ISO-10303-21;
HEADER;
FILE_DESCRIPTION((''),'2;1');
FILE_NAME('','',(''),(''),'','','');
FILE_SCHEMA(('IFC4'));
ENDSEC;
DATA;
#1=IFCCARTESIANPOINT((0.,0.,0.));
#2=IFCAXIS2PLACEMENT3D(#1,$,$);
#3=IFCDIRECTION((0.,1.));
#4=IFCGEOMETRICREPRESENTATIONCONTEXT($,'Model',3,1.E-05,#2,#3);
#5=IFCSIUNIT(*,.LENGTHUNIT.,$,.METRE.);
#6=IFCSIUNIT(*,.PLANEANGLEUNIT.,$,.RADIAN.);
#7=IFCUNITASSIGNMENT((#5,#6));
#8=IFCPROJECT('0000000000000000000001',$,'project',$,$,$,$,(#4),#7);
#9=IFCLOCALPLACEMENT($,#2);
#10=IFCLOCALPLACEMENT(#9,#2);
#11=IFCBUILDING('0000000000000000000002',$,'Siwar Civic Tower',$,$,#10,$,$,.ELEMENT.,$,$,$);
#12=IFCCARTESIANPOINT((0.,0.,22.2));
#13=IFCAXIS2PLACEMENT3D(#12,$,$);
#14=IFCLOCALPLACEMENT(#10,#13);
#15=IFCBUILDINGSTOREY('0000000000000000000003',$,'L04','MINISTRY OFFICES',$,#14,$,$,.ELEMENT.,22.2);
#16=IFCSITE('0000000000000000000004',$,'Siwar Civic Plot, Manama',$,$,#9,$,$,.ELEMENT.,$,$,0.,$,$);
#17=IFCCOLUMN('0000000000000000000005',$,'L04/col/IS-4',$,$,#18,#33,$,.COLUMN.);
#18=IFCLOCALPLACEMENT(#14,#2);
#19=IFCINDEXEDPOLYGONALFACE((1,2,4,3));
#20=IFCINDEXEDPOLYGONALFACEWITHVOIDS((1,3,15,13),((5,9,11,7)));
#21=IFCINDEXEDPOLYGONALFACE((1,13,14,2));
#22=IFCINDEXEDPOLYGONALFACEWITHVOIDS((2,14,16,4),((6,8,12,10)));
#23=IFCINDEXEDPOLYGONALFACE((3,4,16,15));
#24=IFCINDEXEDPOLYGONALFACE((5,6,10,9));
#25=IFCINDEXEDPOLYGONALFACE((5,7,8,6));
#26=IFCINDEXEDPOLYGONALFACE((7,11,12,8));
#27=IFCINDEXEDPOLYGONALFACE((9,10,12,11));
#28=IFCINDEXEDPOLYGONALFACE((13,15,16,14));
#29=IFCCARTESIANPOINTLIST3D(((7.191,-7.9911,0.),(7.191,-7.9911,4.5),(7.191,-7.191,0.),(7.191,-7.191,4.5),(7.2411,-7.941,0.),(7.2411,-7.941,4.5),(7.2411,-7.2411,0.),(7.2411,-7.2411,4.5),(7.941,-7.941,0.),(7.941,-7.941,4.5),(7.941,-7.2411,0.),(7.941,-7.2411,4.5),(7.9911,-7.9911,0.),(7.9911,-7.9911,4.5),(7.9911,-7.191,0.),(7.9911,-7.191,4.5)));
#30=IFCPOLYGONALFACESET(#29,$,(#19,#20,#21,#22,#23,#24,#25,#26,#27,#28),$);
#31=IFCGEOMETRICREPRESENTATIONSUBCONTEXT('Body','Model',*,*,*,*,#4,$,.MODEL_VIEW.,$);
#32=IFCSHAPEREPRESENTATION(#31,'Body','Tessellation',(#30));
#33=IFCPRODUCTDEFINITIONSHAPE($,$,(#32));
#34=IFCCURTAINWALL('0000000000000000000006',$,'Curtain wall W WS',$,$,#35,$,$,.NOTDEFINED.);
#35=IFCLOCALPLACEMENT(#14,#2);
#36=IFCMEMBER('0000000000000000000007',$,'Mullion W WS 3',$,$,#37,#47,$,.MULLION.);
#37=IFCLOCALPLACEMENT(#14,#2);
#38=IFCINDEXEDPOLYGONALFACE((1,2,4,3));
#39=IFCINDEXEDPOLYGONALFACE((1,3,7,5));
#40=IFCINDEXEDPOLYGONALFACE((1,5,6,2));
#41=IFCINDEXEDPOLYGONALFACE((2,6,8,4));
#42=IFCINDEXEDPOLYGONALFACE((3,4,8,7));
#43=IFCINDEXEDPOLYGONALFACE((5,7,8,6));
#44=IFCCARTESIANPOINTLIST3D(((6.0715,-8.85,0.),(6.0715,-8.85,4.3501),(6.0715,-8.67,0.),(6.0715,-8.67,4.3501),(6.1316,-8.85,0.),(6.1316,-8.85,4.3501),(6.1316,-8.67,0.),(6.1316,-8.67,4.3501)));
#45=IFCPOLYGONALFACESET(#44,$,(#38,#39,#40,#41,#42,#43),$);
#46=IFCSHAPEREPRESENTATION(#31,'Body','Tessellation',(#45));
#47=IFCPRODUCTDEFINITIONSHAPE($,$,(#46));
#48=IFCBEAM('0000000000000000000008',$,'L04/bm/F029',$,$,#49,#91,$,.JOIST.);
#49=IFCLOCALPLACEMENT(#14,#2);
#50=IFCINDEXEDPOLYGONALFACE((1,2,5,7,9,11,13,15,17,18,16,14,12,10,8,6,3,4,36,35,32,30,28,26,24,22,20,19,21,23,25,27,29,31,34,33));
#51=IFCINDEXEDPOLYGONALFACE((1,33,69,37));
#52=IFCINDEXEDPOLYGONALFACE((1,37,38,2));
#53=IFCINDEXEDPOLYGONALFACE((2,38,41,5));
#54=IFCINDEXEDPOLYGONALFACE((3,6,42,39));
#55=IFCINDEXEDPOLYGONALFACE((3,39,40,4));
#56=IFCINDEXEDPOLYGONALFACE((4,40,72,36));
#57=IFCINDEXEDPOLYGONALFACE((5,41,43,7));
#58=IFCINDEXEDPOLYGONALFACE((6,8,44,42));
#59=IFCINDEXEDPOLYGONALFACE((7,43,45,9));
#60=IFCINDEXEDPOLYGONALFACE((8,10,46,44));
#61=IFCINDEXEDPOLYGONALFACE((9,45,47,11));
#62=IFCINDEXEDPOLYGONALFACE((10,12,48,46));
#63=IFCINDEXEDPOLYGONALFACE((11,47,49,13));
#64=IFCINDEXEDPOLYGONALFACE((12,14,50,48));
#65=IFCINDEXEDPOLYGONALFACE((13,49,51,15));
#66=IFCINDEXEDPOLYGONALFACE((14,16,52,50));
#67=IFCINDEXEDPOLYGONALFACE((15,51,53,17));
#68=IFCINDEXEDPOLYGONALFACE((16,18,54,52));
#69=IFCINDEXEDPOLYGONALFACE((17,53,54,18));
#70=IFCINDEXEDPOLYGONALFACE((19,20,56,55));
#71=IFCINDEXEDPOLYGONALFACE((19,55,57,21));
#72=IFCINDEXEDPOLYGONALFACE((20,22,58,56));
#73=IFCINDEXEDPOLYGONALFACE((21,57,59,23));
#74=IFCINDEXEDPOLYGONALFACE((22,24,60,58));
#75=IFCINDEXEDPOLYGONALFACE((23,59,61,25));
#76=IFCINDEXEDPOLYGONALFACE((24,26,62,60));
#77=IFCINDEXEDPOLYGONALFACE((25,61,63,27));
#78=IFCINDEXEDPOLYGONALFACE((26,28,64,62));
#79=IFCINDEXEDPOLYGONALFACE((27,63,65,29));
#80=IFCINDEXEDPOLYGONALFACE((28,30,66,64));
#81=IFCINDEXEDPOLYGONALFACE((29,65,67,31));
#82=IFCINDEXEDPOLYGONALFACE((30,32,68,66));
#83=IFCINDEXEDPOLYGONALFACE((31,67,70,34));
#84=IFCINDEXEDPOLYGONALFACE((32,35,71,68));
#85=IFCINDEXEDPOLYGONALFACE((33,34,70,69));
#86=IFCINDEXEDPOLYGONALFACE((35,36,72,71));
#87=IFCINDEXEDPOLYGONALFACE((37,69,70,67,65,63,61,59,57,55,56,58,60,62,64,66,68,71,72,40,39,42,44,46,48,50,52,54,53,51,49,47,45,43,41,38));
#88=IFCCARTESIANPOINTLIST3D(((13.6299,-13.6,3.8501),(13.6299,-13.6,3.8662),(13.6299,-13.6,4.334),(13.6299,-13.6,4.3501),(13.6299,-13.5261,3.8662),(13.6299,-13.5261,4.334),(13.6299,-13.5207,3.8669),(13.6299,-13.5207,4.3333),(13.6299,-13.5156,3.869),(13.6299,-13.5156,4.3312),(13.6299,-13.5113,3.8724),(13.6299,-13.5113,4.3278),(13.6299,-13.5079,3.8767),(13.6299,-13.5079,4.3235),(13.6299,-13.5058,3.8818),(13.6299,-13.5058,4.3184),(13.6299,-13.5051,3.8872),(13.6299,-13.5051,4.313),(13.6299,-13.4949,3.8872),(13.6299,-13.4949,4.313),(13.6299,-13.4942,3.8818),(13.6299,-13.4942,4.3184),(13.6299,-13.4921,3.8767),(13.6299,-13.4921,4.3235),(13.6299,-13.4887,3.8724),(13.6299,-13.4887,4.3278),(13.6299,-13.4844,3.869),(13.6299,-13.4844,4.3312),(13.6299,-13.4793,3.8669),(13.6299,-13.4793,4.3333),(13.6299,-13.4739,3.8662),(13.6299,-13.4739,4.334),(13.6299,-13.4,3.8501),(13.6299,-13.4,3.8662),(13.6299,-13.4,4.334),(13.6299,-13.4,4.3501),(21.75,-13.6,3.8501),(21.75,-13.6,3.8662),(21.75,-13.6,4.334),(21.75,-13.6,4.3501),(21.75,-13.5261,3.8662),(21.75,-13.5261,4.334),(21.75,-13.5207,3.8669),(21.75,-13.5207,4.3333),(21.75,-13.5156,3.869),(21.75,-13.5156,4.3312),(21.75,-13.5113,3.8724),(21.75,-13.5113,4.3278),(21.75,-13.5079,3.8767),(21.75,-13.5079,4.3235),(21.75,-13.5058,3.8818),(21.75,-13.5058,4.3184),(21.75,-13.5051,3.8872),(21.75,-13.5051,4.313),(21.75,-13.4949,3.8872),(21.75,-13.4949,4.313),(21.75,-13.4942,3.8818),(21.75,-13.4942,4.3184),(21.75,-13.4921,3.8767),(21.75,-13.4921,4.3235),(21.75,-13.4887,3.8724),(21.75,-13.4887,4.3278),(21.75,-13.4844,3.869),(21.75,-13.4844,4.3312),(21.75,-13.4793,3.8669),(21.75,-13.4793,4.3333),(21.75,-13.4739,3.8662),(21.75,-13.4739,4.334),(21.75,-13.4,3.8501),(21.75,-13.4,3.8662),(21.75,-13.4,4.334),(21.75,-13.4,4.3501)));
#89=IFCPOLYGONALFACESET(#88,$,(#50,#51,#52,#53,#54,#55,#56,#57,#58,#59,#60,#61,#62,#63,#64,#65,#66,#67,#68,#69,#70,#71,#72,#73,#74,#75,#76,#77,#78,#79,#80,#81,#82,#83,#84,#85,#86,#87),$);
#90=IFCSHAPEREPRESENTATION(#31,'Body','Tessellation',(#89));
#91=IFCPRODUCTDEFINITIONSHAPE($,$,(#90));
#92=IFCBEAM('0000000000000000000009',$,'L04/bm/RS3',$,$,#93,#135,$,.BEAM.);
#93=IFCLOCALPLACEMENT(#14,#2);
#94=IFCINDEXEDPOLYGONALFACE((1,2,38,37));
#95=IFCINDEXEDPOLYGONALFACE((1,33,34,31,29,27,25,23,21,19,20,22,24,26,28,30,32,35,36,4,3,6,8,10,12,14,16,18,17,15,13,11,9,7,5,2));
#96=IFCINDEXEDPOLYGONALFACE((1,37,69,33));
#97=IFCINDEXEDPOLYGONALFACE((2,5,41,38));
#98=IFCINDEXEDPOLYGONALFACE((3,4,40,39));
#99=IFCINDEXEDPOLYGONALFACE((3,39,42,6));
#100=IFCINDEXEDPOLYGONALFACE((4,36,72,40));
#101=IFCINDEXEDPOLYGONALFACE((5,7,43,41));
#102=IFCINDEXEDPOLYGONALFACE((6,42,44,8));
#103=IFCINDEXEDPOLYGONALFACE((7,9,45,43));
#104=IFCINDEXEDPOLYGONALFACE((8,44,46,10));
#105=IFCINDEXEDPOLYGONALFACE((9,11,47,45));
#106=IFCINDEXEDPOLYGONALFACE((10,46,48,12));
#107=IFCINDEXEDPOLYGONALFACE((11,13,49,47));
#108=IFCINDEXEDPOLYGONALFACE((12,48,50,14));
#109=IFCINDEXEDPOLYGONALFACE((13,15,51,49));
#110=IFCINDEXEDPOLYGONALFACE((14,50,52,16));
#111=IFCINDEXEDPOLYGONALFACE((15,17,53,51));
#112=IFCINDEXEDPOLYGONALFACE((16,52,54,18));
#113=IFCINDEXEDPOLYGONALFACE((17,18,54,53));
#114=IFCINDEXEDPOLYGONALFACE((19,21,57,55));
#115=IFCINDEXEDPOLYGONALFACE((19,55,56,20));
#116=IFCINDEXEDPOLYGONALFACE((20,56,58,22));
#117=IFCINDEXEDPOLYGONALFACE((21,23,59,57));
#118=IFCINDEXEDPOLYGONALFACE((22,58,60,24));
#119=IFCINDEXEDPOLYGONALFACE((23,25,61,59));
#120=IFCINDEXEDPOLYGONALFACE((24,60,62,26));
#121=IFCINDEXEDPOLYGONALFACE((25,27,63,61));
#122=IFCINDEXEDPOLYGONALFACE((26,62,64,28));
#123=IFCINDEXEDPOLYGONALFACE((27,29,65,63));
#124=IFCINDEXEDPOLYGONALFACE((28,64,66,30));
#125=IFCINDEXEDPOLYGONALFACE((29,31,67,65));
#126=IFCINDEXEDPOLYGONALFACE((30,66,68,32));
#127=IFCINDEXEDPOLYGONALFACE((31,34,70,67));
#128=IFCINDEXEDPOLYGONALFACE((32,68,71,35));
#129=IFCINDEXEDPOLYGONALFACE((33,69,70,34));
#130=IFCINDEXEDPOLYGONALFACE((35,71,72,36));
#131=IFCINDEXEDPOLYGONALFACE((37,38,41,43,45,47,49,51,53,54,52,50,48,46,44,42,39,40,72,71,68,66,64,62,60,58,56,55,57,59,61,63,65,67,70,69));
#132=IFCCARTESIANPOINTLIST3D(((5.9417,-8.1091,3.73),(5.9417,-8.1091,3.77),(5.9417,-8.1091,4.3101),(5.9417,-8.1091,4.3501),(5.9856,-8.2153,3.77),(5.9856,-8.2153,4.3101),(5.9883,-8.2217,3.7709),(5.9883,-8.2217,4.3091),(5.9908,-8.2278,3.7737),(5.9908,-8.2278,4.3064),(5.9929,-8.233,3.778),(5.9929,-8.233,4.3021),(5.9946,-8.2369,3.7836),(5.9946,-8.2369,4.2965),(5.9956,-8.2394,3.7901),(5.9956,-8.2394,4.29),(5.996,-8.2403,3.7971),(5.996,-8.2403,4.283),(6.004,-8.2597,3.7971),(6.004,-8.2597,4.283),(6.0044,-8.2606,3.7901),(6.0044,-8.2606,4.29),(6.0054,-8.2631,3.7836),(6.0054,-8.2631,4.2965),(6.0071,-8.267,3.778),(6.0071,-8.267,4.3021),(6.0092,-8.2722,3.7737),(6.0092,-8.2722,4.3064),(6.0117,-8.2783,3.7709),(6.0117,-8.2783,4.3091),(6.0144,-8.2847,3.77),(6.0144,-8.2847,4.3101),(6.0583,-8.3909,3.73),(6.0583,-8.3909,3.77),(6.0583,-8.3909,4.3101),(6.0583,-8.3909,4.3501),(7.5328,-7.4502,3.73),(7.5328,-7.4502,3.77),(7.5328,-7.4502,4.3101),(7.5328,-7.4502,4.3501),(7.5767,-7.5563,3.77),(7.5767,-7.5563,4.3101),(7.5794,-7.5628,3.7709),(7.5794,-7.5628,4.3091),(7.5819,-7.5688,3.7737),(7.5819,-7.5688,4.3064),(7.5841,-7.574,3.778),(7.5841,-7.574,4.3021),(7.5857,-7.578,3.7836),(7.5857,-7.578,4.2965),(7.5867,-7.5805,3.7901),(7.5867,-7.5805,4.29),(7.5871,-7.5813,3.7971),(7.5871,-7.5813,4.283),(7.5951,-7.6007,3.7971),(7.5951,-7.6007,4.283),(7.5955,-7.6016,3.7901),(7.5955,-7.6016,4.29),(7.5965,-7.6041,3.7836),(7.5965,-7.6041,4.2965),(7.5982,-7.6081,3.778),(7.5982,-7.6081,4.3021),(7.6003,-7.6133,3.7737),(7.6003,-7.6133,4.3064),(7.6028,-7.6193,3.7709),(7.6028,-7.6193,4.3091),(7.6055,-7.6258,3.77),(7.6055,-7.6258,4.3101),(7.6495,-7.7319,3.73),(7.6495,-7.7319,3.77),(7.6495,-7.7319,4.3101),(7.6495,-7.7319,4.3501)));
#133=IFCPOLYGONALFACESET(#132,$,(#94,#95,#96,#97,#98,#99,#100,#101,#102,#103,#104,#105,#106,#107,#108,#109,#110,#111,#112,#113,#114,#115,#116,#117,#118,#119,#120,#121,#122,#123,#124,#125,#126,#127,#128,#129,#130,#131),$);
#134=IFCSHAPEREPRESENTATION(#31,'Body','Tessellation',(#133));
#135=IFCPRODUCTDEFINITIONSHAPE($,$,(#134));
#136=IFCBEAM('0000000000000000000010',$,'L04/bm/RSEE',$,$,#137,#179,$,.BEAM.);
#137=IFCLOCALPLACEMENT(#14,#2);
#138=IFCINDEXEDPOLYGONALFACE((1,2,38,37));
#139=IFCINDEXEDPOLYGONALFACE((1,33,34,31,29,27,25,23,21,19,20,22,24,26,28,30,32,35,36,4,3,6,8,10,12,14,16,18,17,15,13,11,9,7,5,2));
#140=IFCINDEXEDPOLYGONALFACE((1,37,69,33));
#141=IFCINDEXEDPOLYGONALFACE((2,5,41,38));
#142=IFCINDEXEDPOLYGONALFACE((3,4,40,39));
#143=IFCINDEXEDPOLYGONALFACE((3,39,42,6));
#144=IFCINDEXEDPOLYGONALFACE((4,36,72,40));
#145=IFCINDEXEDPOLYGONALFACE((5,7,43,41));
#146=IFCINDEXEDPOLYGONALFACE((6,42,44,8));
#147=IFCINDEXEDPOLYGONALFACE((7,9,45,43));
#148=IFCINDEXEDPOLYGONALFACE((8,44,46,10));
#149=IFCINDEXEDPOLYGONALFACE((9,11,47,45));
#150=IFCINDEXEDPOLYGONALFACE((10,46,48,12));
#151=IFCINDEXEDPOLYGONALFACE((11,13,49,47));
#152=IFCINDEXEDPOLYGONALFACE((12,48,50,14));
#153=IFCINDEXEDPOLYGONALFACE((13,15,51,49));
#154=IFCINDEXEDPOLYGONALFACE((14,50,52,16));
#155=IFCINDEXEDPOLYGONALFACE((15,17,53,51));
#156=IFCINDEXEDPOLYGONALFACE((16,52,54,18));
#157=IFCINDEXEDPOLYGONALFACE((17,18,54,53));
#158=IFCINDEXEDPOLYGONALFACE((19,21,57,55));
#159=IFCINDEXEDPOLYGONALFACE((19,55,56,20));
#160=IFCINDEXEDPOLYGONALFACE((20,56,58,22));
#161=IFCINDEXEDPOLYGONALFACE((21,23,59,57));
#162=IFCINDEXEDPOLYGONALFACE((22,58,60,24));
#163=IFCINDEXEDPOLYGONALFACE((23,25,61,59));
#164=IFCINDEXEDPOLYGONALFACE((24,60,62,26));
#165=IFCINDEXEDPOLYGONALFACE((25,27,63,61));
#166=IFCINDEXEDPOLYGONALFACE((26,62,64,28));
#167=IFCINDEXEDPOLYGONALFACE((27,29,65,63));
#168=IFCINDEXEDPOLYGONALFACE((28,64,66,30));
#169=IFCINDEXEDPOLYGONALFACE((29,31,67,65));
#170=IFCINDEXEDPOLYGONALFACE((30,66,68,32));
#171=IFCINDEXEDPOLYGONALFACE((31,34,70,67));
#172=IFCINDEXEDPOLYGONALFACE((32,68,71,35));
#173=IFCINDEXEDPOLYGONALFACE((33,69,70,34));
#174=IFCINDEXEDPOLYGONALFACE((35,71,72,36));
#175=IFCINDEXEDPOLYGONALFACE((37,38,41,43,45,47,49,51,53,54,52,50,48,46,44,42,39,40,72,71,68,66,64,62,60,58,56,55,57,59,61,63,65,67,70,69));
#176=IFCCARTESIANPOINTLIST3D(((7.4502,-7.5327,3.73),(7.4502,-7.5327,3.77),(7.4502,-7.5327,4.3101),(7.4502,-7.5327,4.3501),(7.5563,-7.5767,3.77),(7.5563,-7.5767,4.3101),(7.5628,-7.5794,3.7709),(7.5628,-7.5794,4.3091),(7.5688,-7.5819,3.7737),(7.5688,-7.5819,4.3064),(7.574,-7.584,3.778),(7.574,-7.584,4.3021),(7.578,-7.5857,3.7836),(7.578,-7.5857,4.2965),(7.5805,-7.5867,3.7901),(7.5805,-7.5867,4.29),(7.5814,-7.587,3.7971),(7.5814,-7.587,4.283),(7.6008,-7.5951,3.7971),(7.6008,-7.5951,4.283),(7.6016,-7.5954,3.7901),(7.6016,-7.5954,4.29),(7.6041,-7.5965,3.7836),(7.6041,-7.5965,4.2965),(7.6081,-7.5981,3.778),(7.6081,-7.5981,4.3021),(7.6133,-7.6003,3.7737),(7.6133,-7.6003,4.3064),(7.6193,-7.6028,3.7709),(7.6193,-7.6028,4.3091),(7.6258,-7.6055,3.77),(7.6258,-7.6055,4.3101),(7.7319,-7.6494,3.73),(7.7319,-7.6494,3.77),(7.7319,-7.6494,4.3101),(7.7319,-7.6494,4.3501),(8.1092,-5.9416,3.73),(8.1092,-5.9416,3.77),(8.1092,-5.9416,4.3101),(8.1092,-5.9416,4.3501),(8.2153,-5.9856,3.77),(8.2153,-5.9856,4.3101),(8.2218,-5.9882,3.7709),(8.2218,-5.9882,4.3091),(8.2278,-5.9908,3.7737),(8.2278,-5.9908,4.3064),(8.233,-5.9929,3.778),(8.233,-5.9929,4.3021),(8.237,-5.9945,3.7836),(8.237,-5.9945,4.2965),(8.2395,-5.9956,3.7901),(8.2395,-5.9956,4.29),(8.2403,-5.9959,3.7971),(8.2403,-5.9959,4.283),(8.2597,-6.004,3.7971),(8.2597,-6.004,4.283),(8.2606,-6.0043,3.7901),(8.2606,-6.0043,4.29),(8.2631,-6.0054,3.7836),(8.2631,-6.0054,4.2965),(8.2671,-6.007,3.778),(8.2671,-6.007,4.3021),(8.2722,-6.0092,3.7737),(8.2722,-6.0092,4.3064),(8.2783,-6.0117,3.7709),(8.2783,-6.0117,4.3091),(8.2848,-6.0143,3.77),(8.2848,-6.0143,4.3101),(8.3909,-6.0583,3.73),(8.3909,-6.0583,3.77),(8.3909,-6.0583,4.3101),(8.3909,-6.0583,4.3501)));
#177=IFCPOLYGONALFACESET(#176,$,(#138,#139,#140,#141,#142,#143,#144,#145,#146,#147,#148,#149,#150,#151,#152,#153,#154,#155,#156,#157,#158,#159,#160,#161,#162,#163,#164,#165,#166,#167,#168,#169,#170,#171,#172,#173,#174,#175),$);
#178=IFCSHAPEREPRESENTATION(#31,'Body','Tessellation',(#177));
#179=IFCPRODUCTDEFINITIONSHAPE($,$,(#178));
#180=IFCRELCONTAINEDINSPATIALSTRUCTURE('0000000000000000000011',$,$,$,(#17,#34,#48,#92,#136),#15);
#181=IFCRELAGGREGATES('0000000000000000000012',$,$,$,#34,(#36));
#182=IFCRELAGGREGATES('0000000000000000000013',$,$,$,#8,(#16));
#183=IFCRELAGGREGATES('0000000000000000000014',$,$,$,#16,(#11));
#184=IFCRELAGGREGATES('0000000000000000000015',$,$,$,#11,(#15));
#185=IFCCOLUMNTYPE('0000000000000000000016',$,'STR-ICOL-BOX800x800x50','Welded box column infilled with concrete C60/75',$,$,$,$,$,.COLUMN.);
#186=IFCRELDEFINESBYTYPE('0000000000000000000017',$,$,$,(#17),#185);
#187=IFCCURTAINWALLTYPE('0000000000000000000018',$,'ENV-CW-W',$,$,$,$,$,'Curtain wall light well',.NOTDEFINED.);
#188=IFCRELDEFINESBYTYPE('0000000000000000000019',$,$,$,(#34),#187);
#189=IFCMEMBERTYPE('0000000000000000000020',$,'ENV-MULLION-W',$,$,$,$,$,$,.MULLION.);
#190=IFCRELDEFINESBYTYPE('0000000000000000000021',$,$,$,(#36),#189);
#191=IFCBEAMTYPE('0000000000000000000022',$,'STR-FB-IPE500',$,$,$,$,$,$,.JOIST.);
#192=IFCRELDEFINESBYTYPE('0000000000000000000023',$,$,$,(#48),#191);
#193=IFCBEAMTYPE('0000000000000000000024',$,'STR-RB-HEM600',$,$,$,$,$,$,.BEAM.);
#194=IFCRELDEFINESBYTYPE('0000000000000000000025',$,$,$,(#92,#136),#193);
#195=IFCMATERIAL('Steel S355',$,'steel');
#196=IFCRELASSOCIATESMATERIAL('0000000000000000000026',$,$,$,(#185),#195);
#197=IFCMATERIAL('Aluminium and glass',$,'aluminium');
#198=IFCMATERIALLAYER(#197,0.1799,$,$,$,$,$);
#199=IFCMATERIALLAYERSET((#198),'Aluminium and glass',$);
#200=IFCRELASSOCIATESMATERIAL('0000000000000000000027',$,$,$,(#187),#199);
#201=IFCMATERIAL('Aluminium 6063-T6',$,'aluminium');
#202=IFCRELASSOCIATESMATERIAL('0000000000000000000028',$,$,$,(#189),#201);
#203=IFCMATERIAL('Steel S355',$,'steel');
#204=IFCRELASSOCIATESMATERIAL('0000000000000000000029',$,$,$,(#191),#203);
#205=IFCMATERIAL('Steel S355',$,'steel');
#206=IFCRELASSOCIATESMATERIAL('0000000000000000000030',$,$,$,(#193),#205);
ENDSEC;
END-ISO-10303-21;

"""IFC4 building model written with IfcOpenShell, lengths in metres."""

from ifc_helpers import new_model, si_unit, direction, frame, origin, origin_2d, place, context, subcontext, project, spatial, rectangle, hollow_rectangle, i_section, extrude, material, layer, layer_set, material_profile, profile_set, type_object, element, aggregate, save


model = new_model("IFC4")

# Units and contexts
model_context = context("Model", 3, precision=1e-05, world=origin(), true_north=direction((0.0, 1.0)))
body_context = subcontext(model_context, "Body", "Model", "MODEL_VIEW")
ifc_project = project(units=[si_unit("LENGTHUNIT", "METRE"), si_unit("PLANEANGLEUNIT", "RADIAN")], contexts=[model_context])

# Site, building, storey
site_placement = place(None, origin())
site = spatial("IfcSite", under=ifc_project, at=site_placement, Name="Siwar Civic Plot, Manama", CompositionType="ELEMENT", RefElevation=0.0)
building_placement = place(site_placement, origin())
building = spatial("IfcBuilding", under=site, at=building_placement, Name="Siwar Civic Tower", CompositionType="ELEMENT")
storey_placement = place(building_placement, frame((0.0, 0.0, 22.2)))
storey = spatial("IfcBuildingStorey", under=building, at=storey_placement, Name="L04", Description="MINISTRY OFFICES", CompositionType="ELEMENT", Elevation=22.2)

# Column
ifc_material_1 = material(Name="Steel S355", Category="steel")
ifc_material_profile_1 = material_profile(ifc_material_1, hollow_rectangle(XDim=0.8, YDim=0.8, WallThickness=0.05, at=origin_2d()), Name="BOX800x800x50")
ifc_profile_set_1 = profile_set([ifc_material_profile_1], Name="Steel S355")
column_type = type_object("IfcColumnType", Name="STR-ICOL-BOX800x800x50", Description="Welded box column infilled with concrete C60/75", PredefinedType="COLUMN", material=ifc_profile_set_1)
column_placement = place(storey_placement, frame((7.5911, -7.5911, 0.0), z_axis=(0.0, 0.0, 1.0), x_axis=(1.0, 0.0, 0.0)))
element("IfcColumn", 1, at=column_placement, inside=storey, type_object=column_type, Name="L04/col/IS-4", PredefinedType="COLUMN", context=body_context, shape_type="SweptSolid", body=[
    extrude(hollow_rectangle(XDim=0.8, YDim=0.8, WallThickness=0.05, at=origin_2d()), origin(), (0.0, 0.0, 1.0), 4.5),
])

# Curtain wall, member
ifc_material_2 = material(Name="Aluminium and glass", Category="aluminium")
ifc_layer_1 = layer(ifc_material_2, 0.1799)
ifc_layer_set_1 = layer_set([ifc_layer_1], Name="Aluminium and glass")
curtain_wall_type = type_object("IfcCurtainWallType", Name="ENV-CW-W", ElementType="Curtain wall light well", PredefinedType="NOTDEFINED", material=ifc_layer_set_1)
curtain_wall_placement = place(storey_placement, origin())
curtain_wall = element("IfcCurtainWall", 2, at=curtain_wall_placement, inside=storey, type_object=curtain_wall_type, Name="Curtain wall W WS", PredefinedType="NOTDEFINED")
ifc_material_3 = material(Name="Aluminium 6063-T6", Category="aluminium")
ifc_material_profile_2 = material_profile(ifc_material_3, rectangle(XDim=0.1799, YDim=0.0601, at=origin_2d()), Name="AL 180x60")
ifc_profile_set_2 = profile_set([ifc_material_profile_2], Name="Aluminium 6063-T6")
member_type = type_object("IfcMemberType", Name="ENV-MULLION-W", PredefinedType="MULLION", material=ifc_profile_set_2)
member_placement = place(storey_placement, frame((6.1016, -8.76, 0.0), z_axis=(0.0, 0.0, 1.0), x_axis=(0.0, 1.0, 0.0)))
member = element("IfcMember", 3, at=member_placement, type_object=member_type, Name="Mullion W WS 3", PredefinedType="MULLION", context=body_context, shape_type="SweptSolid", body=[
    extrude(rectangle(XDim=0.1799, YDim=0.0601, at=origin_2d()), origin(), (0.0, 0.0, 1.0), 4.3501),
])
aggregate(curtain_wall, [member])

# Beams
ifc_material_4 = material(Name="Steel S355", Category="steel")
ifc_material_profile_3 = material_profile(ifc_material_4, i_section(OverallWidth=0.2, OverallDepth=0.5, WebThickness=0.0103, FlangeThickness=0.0161, FilletRadius=0.021, at=origin_2d()), Name="IPE500")
ifc_profile_set_3 = profile_set([ifc_material_profile_3], Name="Steel S355")
beam_type_1 = type_object("IfcBeamType", Name="STR-FB-IPE500", PredefinedType="JOIST", material=ifc_profile_set_3)
beam_placement = place(storey_placement, frame((13.6299, -13.5, 4.1001), z_axis=(1.0, 0.0, 0.0), x_axis=(0.0, 1.0, 0.0)))
element("IfcBeam", 4, at=beam_placement, inside=storey, type_object=beam_type_1, Name="L04/bm/F029", PredefinedType="JOIST", context=body_context, shape_type="SweptSolid", body=[
    extrude(i_section(OverallWidth=0.2, OverallDepth=0.5, WebThickness=0.0103, FlangeThickness=0.0161, FilletRadius=0.021, at=origin_2d()), origin(), (0.0, 0.0, 1.0), 8.1201),
])
ifc_material_5 = material(Name="Steel S355", Category="steel")
ifc_material_profile_4 = material_profile(ifc_material_5, i_section(OverallWidth=0.3049, OverallDepth=0.6201, WebThickness=0.021, FlangeThickness=0.04, FilletRadius=0.0271, at=origin_2d()), Name="HEM600")
ifc_profile_set_4 = profile_set([ifc_material_profile_4], Name="Steel S355")
beam_type_2 = type_object("IfcBeamType", Name="STR-RB-HEM600", PredefinedType="BEAM", material=ifc_profile_set_4)
for number, where, z_axis, x_axis, name in (
    (5, (6.0, -8.25, 4.04), (0.923901, 0.382631, 0.0), (-0.382631, 0.923901, 0.0), "L04/bm/RS3"),
    (6, (7.5911, -7.5911, 4.04), (0.382631, 0.923901, 0.0), (-0.923901, 0.382631, 0.0), "L04/bm/RSEE"),
):
    element("IfcBeam", number, at=place(storey_placement, frame(where, z_axis=z_axis, x_axis=x_axis)), inside=storey, type_object=beam_type_2, Name=name, PredefinedType="BEAM", context=body_context, shape_type="SweptSolid", body=[
        extrude(i_section(OverallWidth=0.3049, OverallDepth=0.6201, WebThickness=0.021, FlangeThickness=0.04, FilletRadius=0.0271, at=origin_2d()), origin(), (0.0, 0.0, 1.0), 1.7222),
    ])

save(model, "model.ifc")
